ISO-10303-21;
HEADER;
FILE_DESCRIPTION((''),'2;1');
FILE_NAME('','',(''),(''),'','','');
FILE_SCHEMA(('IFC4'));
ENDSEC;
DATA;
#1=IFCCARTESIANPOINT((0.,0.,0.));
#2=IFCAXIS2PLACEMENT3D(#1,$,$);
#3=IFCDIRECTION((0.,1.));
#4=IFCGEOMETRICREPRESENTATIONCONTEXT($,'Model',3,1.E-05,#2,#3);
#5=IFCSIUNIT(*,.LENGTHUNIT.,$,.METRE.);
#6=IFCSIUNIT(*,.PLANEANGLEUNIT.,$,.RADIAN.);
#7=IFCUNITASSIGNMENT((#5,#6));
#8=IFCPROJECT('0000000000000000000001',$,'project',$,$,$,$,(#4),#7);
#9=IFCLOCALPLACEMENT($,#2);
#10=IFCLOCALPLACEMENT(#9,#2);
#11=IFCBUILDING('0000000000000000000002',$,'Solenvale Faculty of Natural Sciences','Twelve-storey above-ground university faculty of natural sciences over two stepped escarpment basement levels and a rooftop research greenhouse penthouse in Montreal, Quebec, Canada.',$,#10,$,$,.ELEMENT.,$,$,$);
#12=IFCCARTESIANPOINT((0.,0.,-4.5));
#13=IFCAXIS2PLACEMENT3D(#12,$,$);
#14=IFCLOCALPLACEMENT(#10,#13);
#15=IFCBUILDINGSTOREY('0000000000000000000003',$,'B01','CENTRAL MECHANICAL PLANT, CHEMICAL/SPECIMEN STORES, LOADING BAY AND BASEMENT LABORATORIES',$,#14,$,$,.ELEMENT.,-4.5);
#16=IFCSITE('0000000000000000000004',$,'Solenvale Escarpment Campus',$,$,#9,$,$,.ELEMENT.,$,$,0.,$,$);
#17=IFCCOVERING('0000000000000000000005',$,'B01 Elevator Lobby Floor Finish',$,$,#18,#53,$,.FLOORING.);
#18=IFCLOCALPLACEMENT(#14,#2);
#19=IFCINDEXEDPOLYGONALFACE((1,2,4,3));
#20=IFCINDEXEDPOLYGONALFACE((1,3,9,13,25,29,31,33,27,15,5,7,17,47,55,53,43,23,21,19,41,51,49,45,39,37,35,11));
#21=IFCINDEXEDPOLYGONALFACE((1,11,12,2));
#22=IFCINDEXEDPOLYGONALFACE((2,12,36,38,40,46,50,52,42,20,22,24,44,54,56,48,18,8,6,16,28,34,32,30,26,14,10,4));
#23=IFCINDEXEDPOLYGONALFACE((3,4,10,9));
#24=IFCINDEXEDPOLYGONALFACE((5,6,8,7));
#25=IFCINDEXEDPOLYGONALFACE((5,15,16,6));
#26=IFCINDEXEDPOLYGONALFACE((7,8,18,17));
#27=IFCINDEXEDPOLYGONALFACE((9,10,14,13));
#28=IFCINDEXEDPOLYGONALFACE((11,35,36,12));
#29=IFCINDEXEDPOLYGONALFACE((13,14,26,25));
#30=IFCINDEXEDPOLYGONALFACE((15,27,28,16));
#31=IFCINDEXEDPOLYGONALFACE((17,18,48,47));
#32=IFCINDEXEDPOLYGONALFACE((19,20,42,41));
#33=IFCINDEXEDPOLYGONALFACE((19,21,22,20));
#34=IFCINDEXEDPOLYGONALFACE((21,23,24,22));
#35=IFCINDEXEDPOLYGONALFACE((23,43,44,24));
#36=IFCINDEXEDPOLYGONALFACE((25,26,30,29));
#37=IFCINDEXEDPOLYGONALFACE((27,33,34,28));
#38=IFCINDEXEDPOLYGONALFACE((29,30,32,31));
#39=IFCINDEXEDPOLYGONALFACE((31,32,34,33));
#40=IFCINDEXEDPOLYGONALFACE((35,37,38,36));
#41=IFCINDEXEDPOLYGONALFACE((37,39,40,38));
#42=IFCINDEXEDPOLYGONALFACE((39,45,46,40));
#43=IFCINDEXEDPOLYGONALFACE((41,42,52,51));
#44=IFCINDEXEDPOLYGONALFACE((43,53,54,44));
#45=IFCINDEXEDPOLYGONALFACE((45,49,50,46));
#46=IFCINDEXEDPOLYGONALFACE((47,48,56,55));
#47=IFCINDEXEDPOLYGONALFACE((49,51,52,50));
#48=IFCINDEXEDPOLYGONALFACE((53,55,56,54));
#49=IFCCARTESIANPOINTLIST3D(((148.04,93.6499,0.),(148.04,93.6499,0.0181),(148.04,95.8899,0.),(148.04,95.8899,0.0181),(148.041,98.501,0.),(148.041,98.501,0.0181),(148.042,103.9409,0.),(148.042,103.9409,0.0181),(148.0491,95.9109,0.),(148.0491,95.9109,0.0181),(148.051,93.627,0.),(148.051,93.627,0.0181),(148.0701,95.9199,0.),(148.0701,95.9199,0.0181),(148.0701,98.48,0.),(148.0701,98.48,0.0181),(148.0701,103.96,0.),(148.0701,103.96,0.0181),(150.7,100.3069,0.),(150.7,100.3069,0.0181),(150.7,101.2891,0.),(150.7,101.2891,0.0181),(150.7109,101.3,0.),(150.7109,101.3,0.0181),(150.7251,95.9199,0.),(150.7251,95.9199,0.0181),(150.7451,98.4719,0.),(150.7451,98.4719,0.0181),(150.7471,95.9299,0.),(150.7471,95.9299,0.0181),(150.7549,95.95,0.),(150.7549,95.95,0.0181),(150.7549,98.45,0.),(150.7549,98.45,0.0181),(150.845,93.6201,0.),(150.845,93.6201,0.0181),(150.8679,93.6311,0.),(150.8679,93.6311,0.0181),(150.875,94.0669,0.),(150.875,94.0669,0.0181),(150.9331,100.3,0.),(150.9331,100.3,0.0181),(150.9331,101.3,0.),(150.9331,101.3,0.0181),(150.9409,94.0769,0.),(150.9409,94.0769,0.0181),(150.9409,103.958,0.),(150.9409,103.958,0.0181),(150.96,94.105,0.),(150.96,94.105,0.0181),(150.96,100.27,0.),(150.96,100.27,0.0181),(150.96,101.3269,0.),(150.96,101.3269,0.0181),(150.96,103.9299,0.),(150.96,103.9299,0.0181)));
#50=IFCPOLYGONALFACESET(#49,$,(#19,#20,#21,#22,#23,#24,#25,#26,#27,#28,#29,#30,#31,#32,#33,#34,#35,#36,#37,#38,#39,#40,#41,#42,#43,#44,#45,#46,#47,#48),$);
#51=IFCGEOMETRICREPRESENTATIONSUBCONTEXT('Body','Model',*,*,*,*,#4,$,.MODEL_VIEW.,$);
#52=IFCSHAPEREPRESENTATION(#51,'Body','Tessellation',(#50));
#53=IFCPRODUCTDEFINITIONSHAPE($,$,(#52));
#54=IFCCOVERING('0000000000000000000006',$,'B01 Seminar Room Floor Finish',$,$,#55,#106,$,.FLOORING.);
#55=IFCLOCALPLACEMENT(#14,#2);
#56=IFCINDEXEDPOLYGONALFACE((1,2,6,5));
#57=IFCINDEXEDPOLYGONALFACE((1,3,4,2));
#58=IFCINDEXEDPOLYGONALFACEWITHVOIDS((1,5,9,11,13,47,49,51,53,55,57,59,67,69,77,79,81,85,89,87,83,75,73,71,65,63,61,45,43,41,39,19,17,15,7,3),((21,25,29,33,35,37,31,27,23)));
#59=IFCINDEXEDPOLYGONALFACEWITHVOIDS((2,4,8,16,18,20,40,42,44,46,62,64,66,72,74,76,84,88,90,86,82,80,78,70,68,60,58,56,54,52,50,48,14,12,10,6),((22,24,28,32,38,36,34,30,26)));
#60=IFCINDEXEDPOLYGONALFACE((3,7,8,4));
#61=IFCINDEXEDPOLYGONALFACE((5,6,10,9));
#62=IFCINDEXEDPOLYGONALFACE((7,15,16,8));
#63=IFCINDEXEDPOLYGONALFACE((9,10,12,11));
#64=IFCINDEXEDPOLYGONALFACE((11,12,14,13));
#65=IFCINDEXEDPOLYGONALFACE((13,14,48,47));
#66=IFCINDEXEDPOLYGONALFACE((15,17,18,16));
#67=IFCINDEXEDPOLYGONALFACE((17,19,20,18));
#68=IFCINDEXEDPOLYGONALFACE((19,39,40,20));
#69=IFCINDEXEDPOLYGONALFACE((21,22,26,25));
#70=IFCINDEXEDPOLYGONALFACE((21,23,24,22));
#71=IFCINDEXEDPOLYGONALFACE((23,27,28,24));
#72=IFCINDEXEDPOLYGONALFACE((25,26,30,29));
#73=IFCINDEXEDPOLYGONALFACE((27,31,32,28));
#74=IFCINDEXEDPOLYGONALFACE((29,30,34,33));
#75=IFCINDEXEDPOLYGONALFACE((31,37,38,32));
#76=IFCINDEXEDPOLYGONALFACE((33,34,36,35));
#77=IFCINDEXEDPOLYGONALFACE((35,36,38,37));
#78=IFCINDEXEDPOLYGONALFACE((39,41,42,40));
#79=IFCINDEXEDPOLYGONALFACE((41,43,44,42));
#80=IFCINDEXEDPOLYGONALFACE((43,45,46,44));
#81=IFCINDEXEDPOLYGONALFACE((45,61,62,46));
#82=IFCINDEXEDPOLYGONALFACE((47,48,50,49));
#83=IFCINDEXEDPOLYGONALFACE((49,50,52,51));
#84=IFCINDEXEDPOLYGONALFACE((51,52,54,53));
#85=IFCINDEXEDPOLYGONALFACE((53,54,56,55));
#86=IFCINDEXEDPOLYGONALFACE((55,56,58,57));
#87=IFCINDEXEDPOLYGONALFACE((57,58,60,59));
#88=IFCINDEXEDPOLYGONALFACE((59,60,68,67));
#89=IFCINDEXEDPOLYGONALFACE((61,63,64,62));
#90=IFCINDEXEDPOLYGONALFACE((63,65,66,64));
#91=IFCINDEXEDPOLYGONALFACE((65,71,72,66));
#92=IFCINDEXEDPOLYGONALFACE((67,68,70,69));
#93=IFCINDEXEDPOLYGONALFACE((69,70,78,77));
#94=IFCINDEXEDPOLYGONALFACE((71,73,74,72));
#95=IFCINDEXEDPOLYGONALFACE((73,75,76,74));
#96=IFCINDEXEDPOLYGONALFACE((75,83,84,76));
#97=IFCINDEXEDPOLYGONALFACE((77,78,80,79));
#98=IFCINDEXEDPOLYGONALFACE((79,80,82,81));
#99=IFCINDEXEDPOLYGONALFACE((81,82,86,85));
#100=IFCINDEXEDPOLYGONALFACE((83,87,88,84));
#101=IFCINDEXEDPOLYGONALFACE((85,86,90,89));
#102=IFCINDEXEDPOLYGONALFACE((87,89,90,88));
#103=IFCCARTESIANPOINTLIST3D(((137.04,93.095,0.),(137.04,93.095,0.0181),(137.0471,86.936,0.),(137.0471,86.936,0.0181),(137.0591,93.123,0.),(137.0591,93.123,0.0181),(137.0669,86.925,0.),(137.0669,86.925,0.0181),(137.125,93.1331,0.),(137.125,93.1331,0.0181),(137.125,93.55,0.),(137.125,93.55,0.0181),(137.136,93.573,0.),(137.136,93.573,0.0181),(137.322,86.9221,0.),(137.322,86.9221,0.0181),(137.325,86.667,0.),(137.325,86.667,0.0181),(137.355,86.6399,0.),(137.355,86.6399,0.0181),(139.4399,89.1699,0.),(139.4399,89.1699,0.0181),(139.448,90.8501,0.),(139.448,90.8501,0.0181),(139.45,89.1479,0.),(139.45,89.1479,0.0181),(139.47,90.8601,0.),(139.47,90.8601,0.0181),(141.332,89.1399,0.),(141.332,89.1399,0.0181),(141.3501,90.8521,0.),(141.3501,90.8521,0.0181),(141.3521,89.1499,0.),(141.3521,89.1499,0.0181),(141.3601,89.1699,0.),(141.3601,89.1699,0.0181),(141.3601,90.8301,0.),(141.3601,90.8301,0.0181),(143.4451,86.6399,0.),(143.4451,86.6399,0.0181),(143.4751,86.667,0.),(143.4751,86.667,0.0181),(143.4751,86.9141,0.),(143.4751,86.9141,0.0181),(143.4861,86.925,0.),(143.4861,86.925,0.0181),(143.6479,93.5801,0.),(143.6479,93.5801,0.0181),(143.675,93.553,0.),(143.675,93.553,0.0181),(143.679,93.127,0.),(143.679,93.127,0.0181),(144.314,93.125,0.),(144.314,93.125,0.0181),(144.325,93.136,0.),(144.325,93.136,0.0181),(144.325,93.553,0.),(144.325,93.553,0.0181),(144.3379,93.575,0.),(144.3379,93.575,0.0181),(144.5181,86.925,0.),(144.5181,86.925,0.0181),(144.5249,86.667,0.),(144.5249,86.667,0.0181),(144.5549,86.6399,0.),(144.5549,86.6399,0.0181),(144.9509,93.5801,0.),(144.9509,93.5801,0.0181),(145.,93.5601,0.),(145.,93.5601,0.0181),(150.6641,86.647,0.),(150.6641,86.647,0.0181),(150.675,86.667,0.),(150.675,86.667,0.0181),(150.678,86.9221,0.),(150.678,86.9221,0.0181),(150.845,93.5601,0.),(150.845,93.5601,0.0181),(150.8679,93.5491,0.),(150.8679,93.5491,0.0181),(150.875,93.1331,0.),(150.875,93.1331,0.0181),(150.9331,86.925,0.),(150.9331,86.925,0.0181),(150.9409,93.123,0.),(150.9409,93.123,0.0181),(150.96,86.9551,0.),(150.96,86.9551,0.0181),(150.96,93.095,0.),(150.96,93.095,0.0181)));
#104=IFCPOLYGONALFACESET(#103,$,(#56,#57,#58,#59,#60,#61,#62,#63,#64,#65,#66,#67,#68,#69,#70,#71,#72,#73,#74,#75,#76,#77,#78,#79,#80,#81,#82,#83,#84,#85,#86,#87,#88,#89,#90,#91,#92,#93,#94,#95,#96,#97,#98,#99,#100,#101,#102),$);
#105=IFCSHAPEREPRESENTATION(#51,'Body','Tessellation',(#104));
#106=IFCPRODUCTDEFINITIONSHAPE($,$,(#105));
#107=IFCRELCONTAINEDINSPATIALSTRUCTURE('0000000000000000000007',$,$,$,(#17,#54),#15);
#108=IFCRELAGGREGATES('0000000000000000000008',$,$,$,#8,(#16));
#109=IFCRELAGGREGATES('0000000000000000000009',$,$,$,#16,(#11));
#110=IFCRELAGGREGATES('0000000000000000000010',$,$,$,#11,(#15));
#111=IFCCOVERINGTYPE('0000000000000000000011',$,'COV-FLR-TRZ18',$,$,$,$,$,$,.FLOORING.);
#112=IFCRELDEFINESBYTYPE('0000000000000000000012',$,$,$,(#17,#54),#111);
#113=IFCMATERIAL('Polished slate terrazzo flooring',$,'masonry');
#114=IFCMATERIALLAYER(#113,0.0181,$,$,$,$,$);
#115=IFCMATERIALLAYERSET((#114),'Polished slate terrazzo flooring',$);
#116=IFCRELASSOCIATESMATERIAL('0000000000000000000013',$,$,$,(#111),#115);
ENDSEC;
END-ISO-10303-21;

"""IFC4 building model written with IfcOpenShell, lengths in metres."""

from ifc_helpers import new_model, si_unit, direction, frame, origin, place, context, subcontext, project, spatial, polyline, outline, extrude, material, layer, layer_set, type_object, element, save


model = new_model("IFC4")

# Units and contexts
model_context = context("Model", 3, precision=1e-05, world=origin(), true_north=direction((0.0, 1.0)))
body_context = subcontext(model_context, "Body", "Model", "MODEL_VIEW")
ifc_project = project(units=[si_unit("LENGTHUNIT", "METRE"), si_unit("PLANEANGLEUNIT", "RADIAN")], contexts=[model_context])

# Site, building, storey
site_placement = place(None, origin())
site = spatial("IfcSite", under=ifc_project, at=site_placement, Name="Solenvale Escarpment Campus", CompositionType="ELEMENT", RefElevation=0.0)
building_placement = place(site_placement, origin())
building = spatial("IfcBuilding", under=site, at=building_placement, Name="Solenvale Faculty of Natural Sciences", Description="Twelve-storey above-ground university faculty of natural sciences over two stepped escarpment basement levels and a rooftop research greenhouse penthouse in Montreal, Quebec, Canada.", CompositionType="ELEMENT")
storey_placement = place(building_placement, frame((0.0, 0.0, -4.5)))
storey = spatial("IfcBuildingStorey", under=building, at=storey_placement, Name="B01", Description="CENTRAL MECHANICAL PLANT, CHEMICAL/SPECIMEN STORES, LOADING BAY AND BASEMENT LABORATORIES", CompositionType="ELEMENT", Elevation=-4.5)

# Coverings
ifc_material_1 = material(Name="Polished slate terrazzo flooring", Category="masonry")
ifc_layer_1 = layer(ifc_material_1, 0.0181)
ifc_layer_set_1 = layer_set([ifc_layer_1], Name="Polished slate terrazzo flooring")
covering_type_1 = type_object("IfcCoveringType", Name="COV-FLR-TRZ18", PredefinedType="FLOORING", material=ifc_layer_set_1)
covering_1_placement = place(storey_placement, origin())
element("IfcCovering", 1, at=covering_1_placement, inside=storey, type_object=covering_type_1, Name="B01 Elevator Lobby Floor Finish", PredefinedType="FLOORING", context=body_context, shape_type="SweptSolid", body=[
    extrude(outline(polyline([(148.04, 95.8899), (148.0491, 95.9109), (148.0701, 95.9199), (150.7251, 95.9199), (150.7471, 95.9299), (150.7549, 95.95), (150.7549, 98.45), (150.7451, 98.4719), (148.0701, 98.48), (148.041, 98.501), (148.042, 103.9409), (148.0701, 103.96), (150.9409, 103.958), (150.96, 103.9299), (150.96, 101.3269), (150.9331, 101.3), (150.7109, 101.3), (150.7, 101.2891), (150.7, 100.3069), (150.9331, 100.3), (150.96, 100.27), (150.96, 94.105), (150.9409, 94.0769), (150.875, 94.0669), (150.8679, 93.6311), (150.845, 93.6201), (148.051, 93.627), (148.04, 93.6499), (148.04, 95.8899)])), origin(), (0.0, 0.0, 1.0), 0.0181),
])
covering_2_placement = place(storey_placement, origin())
element("IfcCovering", 2, at=covering_2_placement, inside=storey, type_object=covering_type_1, Name="B01 Seminar Room Floor Finish", PredefinedType="FLOORING", context=body_context, shape_type="SweptSolid", body=[
    extrude(outline(polyline([(144.9509, 93.5801), (145.0, 93.5601), (150.845, 93.5601), (150.8679, 93.5491), (150.875, 93.1331), (150.9409, 93.123), (150.96, 93.095), (150.96, 86.9551), (150.9331, 86.925), (150.678, 86.9221), (150.675, 86.667), (150.6641, 86.647), (144.5549, 86.6399), (144.5249, 86.667), (144.5181, 86.925), (143.4861, 86.925), (143.4751, 86.9141), (143.4751, 86.667), (143.4451, 86.6399), (137.355, 86.6399), (137.325, 86.667), (137.322, 86.9221), (137.0669, 86.925), (137.0471, 86.936), (137.04, 93.095), (137.0591, 93.123), (137.125, 93.1331), (137.125, 93.55), (137.136, 93.573), (143.6479, 93.5801), (143.675, 93.553), (143.679, 93.127), (144.314, 93.125), (144.325, 93.136), (144.325, 93.553), (144.3379, 93.575), (144.9509, 93.5801)]), holes=[polyline([(141.332, 89.1399), (141.3521, 89.1499), (141.3601, 89.1699), (141.3601, 90.8301), (141.3501, 90.8521), (139.47, 90.8601), (139.448, 90.8501), (139.4399, 89.1699), (139.45, 89.1479), (141.332, 89.1399)])]), origin(), (0.0, 0.0, 1.0), 0.0181),
])

save(model, "model.ifc")
